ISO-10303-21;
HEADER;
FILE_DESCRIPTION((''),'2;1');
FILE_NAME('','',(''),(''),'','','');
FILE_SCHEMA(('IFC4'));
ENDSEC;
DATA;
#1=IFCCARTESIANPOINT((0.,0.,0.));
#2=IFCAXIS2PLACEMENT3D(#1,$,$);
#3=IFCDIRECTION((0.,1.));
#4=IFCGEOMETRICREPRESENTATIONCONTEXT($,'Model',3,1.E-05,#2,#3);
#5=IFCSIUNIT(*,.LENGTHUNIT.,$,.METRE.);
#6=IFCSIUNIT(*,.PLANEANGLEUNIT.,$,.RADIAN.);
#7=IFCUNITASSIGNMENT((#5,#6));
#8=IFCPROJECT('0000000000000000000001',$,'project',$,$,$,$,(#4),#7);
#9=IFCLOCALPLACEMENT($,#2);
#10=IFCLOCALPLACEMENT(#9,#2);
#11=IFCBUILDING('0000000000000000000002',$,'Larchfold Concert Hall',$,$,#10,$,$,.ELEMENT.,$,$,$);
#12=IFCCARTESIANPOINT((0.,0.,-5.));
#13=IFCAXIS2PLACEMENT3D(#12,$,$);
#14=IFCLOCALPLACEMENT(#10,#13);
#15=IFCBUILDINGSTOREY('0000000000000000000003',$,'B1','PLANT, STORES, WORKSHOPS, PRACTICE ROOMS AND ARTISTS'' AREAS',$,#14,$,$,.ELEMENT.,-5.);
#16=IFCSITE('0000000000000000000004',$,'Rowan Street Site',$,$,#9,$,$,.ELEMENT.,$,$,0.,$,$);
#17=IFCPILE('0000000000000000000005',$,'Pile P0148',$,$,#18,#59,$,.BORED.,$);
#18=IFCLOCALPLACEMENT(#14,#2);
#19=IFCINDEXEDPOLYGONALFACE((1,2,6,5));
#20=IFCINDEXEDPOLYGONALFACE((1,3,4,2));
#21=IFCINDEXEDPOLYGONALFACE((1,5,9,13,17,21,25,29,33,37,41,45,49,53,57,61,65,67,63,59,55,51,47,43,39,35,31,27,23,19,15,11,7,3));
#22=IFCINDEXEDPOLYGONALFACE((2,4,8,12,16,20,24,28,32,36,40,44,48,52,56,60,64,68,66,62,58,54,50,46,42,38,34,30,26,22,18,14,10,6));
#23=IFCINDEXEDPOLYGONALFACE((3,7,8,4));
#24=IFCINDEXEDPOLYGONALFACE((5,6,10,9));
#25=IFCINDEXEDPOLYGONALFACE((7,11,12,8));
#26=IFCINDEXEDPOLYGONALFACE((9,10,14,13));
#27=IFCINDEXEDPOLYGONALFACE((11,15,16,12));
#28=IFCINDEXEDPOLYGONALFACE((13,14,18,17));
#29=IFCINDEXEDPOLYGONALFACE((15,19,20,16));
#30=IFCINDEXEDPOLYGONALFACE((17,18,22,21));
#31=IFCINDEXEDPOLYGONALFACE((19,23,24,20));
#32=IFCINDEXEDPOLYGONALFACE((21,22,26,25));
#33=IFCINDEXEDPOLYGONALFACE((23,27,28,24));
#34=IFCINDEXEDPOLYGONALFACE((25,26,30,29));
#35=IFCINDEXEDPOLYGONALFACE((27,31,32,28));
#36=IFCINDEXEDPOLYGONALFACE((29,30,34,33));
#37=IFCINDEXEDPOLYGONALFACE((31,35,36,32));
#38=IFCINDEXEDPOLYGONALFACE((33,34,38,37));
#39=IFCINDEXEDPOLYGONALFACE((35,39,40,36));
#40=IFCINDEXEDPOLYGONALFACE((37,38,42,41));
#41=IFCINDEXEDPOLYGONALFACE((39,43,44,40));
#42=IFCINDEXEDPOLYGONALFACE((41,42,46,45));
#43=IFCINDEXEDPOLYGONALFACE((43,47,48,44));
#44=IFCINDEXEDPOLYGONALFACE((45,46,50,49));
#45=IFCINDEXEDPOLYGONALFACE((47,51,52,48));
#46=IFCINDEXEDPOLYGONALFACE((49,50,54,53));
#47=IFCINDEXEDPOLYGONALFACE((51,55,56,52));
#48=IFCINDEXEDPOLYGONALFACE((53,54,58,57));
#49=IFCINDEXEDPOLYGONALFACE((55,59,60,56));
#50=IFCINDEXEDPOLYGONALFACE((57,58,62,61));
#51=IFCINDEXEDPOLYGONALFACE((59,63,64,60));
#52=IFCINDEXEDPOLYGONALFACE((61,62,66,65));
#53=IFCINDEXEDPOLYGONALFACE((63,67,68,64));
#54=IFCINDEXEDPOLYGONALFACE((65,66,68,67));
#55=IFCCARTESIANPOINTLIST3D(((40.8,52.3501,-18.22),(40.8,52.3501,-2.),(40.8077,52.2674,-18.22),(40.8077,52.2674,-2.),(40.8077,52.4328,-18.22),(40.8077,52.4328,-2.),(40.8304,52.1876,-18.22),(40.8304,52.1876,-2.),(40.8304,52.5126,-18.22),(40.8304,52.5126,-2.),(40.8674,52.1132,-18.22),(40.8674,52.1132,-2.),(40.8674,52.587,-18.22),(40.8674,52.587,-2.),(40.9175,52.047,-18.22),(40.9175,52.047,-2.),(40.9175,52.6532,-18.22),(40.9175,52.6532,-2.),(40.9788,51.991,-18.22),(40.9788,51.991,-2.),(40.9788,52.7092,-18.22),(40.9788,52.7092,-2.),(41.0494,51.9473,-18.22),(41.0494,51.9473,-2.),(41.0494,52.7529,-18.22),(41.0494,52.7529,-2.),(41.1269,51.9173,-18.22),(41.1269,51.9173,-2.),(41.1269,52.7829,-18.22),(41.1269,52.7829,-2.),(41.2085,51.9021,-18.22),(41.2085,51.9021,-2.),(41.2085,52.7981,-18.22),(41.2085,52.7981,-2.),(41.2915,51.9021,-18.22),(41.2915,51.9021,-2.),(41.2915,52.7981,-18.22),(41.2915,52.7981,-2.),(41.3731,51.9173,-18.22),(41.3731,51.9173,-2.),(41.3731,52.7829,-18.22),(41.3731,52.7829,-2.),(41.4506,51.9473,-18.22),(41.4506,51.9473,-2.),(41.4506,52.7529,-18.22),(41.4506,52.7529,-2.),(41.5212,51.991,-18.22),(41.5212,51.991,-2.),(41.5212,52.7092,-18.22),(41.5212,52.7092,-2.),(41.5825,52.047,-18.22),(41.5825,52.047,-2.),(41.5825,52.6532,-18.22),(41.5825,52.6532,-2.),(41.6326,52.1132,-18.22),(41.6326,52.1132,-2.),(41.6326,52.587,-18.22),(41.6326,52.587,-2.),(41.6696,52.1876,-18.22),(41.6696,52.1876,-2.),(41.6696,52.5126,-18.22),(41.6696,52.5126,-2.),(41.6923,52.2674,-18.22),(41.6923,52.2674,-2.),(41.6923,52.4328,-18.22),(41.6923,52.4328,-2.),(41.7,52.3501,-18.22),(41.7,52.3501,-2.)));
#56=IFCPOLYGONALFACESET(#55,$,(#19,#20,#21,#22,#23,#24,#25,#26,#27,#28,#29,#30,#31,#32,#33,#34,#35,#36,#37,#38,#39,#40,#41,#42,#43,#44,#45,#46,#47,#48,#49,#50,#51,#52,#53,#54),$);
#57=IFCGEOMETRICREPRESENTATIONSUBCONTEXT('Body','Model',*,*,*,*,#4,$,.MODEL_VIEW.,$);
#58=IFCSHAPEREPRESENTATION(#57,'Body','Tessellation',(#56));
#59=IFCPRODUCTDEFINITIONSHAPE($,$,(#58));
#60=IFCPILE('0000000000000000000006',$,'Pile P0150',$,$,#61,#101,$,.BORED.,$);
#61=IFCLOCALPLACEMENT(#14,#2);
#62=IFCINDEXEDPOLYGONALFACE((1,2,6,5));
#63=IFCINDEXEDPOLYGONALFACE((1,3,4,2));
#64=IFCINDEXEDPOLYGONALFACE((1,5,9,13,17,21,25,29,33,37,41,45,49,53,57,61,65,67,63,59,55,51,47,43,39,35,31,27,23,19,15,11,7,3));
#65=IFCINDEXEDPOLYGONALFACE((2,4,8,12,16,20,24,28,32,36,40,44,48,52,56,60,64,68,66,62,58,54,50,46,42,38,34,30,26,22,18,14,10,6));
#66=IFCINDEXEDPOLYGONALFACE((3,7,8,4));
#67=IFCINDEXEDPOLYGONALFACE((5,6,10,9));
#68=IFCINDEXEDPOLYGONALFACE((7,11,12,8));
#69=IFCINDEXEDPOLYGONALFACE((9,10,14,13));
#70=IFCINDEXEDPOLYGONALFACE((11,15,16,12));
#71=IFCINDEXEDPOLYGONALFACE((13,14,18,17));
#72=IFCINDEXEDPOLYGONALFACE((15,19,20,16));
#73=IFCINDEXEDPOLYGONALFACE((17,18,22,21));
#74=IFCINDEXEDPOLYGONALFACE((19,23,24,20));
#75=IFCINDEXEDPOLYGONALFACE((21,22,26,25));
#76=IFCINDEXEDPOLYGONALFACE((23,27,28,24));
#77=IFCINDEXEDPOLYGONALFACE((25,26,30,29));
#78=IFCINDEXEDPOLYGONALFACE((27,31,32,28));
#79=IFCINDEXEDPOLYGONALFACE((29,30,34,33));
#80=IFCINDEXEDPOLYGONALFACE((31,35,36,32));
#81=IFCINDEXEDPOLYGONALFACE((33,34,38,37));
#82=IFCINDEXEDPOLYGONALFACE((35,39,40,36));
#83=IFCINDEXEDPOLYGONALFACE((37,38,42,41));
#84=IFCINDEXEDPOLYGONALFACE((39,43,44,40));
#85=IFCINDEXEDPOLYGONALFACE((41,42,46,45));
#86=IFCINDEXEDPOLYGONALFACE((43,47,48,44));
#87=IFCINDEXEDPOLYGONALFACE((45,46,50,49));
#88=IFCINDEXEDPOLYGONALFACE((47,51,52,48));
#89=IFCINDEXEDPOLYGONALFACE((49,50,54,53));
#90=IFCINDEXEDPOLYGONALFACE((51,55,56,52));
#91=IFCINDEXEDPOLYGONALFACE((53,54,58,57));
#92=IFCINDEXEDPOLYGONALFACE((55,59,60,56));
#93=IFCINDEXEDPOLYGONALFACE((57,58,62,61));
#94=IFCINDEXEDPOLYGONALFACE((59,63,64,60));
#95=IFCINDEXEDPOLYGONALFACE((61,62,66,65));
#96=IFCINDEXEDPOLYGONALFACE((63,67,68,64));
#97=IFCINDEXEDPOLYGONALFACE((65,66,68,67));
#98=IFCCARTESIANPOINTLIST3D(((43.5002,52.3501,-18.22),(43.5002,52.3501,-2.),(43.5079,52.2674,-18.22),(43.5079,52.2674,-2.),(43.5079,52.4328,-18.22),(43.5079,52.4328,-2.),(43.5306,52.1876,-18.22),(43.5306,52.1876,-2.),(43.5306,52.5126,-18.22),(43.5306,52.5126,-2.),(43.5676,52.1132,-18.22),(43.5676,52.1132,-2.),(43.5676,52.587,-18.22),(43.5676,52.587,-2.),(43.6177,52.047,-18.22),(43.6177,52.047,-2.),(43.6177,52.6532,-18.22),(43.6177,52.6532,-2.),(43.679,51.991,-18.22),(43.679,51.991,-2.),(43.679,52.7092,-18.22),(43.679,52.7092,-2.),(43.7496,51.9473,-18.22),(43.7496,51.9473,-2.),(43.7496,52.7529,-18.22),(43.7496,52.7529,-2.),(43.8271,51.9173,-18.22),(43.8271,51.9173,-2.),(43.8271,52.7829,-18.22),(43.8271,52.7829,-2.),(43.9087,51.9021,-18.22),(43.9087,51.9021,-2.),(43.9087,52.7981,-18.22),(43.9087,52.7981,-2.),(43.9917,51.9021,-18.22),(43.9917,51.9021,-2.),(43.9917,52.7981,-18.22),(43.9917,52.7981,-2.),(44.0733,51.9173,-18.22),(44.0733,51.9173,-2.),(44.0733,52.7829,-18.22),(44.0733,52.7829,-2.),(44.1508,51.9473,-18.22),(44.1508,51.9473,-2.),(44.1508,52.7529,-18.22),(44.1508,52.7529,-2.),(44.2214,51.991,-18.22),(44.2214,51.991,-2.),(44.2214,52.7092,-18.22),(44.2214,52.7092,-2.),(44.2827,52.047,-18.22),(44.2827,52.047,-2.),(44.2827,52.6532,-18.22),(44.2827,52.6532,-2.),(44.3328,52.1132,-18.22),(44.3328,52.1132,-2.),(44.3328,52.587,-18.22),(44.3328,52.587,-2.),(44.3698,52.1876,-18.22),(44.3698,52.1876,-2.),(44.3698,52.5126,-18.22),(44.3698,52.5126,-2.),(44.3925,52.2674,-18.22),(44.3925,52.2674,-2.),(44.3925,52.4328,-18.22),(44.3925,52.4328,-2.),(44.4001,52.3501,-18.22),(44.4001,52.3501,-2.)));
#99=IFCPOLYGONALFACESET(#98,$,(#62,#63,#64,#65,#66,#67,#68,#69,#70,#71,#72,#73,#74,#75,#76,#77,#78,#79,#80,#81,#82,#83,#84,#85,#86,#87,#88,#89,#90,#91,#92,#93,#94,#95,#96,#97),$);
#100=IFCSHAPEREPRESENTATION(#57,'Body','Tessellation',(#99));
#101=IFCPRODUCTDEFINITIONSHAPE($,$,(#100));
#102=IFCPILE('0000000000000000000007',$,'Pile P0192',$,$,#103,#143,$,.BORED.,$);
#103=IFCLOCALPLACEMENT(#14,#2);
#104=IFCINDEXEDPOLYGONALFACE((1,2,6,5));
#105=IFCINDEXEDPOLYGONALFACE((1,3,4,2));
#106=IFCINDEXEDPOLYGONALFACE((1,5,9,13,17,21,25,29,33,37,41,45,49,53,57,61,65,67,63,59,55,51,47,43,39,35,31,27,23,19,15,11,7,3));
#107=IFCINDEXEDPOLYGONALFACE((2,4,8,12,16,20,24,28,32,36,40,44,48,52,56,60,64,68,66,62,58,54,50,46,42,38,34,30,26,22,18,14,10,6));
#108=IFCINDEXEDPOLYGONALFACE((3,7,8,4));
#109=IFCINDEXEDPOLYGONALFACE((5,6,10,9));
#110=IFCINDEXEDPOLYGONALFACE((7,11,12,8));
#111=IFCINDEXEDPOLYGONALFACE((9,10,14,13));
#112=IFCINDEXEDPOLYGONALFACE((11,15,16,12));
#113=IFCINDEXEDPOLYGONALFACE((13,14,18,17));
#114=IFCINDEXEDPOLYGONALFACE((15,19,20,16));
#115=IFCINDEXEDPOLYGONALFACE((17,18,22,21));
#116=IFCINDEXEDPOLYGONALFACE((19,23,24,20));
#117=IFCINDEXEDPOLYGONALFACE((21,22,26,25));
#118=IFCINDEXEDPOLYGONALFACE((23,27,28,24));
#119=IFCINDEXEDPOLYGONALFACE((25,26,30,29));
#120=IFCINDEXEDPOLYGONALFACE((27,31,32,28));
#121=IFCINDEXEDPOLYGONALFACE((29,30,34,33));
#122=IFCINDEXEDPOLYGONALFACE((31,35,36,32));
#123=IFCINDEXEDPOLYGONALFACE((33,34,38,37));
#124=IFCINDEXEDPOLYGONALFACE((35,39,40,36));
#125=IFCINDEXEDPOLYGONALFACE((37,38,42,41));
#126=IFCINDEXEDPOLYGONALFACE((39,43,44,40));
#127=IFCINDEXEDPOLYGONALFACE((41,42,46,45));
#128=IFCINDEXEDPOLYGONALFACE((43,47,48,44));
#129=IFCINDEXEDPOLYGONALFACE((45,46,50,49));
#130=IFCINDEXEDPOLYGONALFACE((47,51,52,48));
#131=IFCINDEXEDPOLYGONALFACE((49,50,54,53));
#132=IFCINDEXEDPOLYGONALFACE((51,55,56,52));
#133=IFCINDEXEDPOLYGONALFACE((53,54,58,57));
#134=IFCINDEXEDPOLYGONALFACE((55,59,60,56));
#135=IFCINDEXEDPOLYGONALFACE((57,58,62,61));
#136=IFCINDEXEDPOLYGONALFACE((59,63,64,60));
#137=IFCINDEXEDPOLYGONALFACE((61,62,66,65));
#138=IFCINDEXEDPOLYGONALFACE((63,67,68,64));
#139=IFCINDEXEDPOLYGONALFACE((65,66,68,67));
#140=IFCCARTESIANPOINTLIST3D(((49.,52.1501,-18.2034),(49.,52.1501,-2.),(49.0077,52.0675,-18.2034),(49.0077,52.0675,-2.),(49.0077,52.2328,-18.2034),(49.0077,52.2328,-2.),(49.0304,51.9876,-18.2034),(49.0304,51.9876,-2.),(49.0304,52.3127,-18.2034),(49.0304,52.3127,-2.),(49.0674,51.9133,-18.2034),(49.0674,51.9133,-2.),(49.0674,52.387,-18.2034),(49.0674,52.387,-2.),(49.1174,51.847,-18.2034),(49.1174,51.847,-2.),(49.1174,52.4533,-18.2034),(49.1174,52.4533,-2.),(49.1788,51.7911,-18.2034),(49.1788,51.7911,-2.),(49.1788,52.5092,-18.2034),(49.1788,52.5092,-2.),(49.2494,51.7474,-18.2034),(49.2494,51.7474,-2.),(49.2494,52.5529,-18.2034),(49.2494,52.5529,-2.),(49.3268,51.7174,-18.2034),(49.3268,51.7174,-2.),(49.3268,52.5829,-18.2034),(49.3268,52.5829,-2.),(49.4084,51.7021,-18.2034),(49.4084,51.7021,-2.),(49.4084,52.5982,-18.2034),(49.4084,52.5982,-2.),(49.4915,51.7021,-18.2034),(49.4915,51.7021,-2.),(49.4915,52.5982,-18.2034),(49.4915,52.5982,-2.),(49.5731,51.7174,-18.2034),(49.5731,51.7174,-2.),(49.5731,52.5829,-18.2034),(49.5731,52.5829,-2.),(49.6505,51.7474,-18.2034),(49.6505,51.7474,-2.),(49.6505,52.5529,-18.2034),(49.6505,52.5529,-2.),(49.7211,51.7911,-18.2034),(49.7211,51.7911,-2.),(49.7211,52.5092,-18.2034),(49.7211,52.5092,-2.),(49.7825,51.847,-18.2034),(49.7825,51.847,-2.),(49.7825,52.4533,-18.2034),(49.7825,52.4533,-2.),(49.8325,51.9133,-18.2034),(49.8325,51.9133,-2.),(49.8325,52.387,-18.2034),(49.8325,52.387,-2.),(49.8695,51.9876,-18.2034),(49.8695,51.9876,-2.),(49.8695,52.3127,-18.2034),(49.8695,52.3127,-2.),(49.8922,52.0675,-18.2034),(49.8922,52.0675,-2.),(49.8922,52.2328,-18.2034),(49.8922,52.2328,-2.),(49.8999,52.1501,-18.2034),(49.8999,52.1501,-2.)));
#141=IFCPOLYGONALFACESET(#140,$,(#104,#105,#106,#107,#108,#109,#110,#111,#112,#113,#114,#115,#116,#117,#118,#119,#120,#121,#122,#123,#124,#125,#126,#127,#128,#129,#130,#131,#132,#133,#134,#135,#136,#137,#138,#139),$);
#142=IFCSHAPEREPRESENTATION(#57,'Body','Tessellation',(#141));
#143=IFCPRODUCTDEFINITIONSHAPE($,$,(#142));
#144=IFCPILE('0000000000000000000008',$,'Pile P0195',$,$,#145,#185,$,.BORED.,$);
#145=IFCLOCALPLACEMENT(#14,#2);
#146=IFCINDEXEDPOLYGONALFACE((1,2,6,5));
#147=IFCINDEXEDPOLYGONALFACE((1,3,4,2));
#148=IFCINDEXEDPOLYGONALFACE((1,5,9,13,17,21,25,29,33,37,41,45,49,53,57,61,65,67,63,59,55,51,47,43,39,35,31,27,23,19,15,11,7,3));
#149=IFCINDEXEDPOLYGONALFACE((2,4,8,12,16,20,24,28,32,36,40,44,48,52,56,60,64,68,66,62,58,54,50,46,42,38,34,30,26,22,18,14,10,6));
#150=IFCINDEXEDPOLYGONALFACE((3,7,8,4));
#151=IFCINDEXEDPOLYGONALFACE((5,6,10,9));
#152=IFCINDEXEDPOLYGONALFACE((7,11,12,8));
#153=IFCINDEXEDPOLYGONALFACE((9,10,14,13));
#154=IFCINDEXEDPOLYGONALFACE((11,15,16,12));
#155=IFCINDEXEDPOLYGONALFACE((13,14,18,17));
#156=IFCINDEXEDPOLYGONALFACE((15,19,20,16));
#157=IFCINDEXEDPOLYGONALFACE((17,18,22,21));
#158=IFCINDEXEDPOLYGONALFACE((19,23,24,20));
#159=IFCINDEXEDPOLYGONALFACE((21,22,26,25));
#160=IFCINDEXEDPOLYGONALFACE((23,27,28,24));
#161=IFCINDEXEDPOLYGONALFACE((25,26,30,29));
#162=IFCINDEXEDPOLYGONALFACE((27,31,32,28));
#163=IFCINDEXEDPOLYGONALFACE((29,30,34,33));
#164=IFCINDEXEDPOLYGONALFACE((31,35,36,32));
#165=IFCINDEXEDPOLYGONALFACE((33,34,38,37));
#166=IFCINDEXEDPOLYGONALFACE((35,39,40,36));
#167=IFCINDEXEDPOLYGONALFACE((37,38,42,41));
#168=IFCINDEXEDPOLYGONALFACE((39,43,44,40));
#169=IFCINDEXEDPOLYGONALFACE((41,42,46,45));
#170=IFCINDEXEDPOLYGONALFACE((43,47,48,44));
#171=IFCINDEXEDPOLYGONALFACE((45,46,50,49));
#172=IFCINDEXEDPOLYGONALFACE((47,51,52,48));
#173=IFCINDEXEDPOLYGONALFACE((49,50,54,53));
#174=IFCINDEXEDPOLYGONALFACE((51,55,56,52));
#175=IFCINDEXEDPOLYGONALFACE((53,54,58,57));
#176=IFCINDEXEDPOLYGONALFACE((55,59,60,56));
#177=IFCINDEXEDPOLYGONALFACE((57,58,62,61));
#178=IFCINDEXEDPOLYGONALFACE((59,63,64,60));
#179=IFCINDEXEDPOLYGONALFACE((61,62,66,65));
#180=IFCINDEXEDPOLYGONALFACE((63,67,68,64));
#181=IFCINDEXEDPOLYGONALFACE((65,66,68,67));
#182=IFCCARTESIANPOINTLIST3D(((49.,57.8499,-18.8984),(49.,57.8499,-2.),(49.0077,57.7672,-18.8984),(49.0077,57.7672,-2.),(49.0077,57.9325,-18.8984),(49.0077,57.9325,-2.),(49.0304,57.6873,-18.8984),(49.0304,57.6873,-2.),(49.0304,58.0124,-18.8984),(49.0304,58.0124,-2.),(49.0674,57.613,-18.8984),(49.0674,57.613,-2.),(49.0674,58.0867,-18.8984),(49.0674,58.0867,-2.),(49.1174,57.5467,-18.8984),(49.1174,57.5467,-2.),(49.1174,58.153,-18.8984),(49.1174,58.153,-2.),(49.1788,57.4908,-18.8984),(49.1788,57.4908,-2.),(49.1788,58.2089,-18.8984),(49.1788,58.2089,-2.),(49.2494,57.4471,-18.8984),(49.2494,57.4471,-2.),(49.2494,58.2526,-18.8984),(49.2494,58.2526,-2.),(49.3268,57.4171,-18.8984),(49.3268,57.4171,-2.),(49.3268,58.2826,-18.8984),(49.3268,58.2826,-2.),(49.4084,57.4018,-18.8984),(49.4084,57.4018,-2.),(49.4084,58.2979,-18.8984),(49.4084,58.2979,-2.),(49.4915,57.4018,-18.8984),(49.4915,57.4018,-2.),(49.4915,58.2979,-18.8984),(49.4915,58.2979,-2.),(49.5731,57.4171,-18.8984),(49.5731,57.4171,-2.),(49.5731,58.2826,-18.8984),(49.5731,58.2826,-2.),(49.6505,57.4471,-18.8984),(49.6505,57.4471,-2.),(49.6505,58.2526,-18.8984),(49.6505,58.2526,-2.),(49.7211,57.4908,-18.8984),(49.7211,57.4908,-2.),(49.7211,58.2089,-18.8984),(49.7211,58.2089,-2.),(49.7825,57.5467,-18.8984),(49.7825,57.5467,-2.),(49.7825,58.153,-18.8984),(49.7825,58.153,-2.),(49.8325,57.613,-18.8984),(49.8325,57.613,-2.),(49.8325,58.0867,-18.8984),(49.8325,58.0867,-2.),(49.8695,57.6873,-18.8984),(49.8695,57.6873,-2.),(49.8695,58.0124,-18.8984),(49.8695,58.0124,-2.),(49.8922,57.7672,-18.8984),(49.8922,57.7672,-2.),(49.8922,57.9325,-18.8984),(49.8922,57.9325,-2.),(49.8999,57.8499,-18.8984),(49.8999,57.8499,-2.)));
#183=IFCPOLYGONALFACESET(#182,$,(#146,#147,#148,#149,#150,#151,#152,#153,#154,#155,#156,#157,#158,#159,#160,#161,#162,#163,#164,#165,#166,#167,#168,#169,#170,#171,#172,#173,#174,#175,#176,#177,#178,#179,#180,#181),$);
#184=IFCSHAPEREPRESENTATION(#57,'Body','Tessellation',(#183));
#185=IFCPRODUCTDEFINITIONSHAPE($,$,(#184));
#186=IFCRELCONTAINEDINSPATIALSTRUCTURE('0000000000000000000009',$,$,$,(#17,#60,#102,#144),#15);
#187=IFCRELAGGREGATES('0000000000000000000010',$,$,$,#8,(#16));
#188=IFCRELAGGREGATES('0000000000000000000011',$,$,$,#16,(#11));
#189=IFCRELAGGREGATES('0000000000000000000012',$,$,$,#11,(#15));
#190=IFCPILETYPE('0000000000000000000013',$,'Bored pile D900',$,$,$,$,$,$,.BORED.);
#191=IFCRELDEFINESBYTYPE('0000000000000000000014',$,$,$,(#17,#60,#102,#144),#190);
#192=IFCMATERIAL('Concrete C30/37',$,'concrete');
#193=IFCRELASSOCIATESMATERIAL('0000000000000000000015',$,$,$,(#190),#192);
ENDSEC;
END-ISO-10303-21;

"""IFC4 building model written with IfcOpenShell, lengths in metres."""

from ifc_helpers import new_model, si_unit, direction, frame, origin, origin_2d, place, context, subcontext, project, spatial, circle, extrude, material, material_profile, profile_set, type_object, element, save


model = new_model("IFC4")

# Units and contexts
model_context = context("Model", 3, precision=1e-05, world=origin(), true_north=direction((0.0, 1.0)))
body_context = subcontext(model_context, "Body", "Model", "MODEL_VIEW")
ifc_project = project(units=[si_unit("LENGTHUNIT", "METRE"), si_unit("PLANEANGLEUNIT", "RADIAN")], contexts=[model_context])

# Site, building, storey
site_placement = place(None, origin())
site = spatial("IfcSite", under=ifc_project, at=site_placement, Name="Rowan Street Site", CompositionType="ELEMENT", RefElevation=0.0)
building_placement = place(site_placement, origin())
building = spatial("IfcBuilding", under=site, at=building_placement, Name="Larchfold Concert Hall", CompositionType="ELEMENT")
storey_placement = place(building_placement, frame((0.0, 0.0, -5.0)))
storey = spatial("IfcBuildingStorey", under=building, at=storey_placement, Name="B1", Description="PLANT, STORES, WORKSHOPS, PRACTICE ROOMS AND ARTISTS' AREAS", CompositionType="ELEMENT", Elevation=-5.0)

# Piles
ifc_material_1 = material(Name="Concrete C30/37", Category="concrete")
ifc_material_profile_1 = material_profile(ifc_material_1, circle(Radius=0.45, at=origin_2d()))
ifc_profile_set_1 = profile_set([ifc_material_profile_1], Name="Concrete C30/37")
pile_type_1 = type_object("IfcPileType", Name="Bored pile D900", PredefinedType="BORED", material=ifc_profile_set_1)
for number, where, z_axis, x_axis, name in (
    (1, (41.25, 52.3501, -2.0), (0.0, 0.0, -1.0), (1.0, 0.0, 0.0), "Pile P0148"),
    (2, (43.9502, 52.3501, -2.0), (0.0, 0.0, -1.0), (1.0, 0.0, 0.0), "Pile P0150"),
):
    element("IfcPile", number, at=place(storey_placement, frame(where, z_axis=z_axis, x_axis=x_axis)), inside=storey, type_object=pile_type_1, Name=name, PredefinedType="BORED", context=body_context, shape_type="SweptSolid", body=[
        extrude(circle(Radius=0.45, at=origin_2d()), origin(), (0.0, 0.0, 1.0), 16.22),
    ])
pile_placement = place(storey_placement, frame((49.45, 52.1501, -2.0), z_axis=(0.0, 0.0, -1.0), x_axis=(1.0, 0.0, 0.0)))
element("IfcPile", 3, at=pile_placement, inside=storey, type_object=pile_type_1, Name="Pile P0192", PredefinedType="BORED", context=body_context, shape_type="SweptSolid", body=[
    extrude(circle(Radius=0.45, at=origin_2d()), origin(), (0.0, 0.0, 1.0), 16.2034),
])
for number, where, z_axis, x_axis, name in (
    (4, (49.45, 57.8499, -2.0), (0.0, 0.0, -1.0), (1.0, 0.0, 0.0), "Pile P0195"),
):
    element("IfcPile", number, at=place(storey_placement, frame(where, z_axis=z_axis, x_axis=x_axis)), inside=storey, type_object=pile_type_1, Name=name, PredefinedType="BORED", context=body_context, shape_type="SweptSolid", body=[
        extrude(circle(Radius=0.45, at=origin_2d()), origin(), (0.0, 0.0, 1.0), 16.8984),
    ])

save(model, "model.ifc")
